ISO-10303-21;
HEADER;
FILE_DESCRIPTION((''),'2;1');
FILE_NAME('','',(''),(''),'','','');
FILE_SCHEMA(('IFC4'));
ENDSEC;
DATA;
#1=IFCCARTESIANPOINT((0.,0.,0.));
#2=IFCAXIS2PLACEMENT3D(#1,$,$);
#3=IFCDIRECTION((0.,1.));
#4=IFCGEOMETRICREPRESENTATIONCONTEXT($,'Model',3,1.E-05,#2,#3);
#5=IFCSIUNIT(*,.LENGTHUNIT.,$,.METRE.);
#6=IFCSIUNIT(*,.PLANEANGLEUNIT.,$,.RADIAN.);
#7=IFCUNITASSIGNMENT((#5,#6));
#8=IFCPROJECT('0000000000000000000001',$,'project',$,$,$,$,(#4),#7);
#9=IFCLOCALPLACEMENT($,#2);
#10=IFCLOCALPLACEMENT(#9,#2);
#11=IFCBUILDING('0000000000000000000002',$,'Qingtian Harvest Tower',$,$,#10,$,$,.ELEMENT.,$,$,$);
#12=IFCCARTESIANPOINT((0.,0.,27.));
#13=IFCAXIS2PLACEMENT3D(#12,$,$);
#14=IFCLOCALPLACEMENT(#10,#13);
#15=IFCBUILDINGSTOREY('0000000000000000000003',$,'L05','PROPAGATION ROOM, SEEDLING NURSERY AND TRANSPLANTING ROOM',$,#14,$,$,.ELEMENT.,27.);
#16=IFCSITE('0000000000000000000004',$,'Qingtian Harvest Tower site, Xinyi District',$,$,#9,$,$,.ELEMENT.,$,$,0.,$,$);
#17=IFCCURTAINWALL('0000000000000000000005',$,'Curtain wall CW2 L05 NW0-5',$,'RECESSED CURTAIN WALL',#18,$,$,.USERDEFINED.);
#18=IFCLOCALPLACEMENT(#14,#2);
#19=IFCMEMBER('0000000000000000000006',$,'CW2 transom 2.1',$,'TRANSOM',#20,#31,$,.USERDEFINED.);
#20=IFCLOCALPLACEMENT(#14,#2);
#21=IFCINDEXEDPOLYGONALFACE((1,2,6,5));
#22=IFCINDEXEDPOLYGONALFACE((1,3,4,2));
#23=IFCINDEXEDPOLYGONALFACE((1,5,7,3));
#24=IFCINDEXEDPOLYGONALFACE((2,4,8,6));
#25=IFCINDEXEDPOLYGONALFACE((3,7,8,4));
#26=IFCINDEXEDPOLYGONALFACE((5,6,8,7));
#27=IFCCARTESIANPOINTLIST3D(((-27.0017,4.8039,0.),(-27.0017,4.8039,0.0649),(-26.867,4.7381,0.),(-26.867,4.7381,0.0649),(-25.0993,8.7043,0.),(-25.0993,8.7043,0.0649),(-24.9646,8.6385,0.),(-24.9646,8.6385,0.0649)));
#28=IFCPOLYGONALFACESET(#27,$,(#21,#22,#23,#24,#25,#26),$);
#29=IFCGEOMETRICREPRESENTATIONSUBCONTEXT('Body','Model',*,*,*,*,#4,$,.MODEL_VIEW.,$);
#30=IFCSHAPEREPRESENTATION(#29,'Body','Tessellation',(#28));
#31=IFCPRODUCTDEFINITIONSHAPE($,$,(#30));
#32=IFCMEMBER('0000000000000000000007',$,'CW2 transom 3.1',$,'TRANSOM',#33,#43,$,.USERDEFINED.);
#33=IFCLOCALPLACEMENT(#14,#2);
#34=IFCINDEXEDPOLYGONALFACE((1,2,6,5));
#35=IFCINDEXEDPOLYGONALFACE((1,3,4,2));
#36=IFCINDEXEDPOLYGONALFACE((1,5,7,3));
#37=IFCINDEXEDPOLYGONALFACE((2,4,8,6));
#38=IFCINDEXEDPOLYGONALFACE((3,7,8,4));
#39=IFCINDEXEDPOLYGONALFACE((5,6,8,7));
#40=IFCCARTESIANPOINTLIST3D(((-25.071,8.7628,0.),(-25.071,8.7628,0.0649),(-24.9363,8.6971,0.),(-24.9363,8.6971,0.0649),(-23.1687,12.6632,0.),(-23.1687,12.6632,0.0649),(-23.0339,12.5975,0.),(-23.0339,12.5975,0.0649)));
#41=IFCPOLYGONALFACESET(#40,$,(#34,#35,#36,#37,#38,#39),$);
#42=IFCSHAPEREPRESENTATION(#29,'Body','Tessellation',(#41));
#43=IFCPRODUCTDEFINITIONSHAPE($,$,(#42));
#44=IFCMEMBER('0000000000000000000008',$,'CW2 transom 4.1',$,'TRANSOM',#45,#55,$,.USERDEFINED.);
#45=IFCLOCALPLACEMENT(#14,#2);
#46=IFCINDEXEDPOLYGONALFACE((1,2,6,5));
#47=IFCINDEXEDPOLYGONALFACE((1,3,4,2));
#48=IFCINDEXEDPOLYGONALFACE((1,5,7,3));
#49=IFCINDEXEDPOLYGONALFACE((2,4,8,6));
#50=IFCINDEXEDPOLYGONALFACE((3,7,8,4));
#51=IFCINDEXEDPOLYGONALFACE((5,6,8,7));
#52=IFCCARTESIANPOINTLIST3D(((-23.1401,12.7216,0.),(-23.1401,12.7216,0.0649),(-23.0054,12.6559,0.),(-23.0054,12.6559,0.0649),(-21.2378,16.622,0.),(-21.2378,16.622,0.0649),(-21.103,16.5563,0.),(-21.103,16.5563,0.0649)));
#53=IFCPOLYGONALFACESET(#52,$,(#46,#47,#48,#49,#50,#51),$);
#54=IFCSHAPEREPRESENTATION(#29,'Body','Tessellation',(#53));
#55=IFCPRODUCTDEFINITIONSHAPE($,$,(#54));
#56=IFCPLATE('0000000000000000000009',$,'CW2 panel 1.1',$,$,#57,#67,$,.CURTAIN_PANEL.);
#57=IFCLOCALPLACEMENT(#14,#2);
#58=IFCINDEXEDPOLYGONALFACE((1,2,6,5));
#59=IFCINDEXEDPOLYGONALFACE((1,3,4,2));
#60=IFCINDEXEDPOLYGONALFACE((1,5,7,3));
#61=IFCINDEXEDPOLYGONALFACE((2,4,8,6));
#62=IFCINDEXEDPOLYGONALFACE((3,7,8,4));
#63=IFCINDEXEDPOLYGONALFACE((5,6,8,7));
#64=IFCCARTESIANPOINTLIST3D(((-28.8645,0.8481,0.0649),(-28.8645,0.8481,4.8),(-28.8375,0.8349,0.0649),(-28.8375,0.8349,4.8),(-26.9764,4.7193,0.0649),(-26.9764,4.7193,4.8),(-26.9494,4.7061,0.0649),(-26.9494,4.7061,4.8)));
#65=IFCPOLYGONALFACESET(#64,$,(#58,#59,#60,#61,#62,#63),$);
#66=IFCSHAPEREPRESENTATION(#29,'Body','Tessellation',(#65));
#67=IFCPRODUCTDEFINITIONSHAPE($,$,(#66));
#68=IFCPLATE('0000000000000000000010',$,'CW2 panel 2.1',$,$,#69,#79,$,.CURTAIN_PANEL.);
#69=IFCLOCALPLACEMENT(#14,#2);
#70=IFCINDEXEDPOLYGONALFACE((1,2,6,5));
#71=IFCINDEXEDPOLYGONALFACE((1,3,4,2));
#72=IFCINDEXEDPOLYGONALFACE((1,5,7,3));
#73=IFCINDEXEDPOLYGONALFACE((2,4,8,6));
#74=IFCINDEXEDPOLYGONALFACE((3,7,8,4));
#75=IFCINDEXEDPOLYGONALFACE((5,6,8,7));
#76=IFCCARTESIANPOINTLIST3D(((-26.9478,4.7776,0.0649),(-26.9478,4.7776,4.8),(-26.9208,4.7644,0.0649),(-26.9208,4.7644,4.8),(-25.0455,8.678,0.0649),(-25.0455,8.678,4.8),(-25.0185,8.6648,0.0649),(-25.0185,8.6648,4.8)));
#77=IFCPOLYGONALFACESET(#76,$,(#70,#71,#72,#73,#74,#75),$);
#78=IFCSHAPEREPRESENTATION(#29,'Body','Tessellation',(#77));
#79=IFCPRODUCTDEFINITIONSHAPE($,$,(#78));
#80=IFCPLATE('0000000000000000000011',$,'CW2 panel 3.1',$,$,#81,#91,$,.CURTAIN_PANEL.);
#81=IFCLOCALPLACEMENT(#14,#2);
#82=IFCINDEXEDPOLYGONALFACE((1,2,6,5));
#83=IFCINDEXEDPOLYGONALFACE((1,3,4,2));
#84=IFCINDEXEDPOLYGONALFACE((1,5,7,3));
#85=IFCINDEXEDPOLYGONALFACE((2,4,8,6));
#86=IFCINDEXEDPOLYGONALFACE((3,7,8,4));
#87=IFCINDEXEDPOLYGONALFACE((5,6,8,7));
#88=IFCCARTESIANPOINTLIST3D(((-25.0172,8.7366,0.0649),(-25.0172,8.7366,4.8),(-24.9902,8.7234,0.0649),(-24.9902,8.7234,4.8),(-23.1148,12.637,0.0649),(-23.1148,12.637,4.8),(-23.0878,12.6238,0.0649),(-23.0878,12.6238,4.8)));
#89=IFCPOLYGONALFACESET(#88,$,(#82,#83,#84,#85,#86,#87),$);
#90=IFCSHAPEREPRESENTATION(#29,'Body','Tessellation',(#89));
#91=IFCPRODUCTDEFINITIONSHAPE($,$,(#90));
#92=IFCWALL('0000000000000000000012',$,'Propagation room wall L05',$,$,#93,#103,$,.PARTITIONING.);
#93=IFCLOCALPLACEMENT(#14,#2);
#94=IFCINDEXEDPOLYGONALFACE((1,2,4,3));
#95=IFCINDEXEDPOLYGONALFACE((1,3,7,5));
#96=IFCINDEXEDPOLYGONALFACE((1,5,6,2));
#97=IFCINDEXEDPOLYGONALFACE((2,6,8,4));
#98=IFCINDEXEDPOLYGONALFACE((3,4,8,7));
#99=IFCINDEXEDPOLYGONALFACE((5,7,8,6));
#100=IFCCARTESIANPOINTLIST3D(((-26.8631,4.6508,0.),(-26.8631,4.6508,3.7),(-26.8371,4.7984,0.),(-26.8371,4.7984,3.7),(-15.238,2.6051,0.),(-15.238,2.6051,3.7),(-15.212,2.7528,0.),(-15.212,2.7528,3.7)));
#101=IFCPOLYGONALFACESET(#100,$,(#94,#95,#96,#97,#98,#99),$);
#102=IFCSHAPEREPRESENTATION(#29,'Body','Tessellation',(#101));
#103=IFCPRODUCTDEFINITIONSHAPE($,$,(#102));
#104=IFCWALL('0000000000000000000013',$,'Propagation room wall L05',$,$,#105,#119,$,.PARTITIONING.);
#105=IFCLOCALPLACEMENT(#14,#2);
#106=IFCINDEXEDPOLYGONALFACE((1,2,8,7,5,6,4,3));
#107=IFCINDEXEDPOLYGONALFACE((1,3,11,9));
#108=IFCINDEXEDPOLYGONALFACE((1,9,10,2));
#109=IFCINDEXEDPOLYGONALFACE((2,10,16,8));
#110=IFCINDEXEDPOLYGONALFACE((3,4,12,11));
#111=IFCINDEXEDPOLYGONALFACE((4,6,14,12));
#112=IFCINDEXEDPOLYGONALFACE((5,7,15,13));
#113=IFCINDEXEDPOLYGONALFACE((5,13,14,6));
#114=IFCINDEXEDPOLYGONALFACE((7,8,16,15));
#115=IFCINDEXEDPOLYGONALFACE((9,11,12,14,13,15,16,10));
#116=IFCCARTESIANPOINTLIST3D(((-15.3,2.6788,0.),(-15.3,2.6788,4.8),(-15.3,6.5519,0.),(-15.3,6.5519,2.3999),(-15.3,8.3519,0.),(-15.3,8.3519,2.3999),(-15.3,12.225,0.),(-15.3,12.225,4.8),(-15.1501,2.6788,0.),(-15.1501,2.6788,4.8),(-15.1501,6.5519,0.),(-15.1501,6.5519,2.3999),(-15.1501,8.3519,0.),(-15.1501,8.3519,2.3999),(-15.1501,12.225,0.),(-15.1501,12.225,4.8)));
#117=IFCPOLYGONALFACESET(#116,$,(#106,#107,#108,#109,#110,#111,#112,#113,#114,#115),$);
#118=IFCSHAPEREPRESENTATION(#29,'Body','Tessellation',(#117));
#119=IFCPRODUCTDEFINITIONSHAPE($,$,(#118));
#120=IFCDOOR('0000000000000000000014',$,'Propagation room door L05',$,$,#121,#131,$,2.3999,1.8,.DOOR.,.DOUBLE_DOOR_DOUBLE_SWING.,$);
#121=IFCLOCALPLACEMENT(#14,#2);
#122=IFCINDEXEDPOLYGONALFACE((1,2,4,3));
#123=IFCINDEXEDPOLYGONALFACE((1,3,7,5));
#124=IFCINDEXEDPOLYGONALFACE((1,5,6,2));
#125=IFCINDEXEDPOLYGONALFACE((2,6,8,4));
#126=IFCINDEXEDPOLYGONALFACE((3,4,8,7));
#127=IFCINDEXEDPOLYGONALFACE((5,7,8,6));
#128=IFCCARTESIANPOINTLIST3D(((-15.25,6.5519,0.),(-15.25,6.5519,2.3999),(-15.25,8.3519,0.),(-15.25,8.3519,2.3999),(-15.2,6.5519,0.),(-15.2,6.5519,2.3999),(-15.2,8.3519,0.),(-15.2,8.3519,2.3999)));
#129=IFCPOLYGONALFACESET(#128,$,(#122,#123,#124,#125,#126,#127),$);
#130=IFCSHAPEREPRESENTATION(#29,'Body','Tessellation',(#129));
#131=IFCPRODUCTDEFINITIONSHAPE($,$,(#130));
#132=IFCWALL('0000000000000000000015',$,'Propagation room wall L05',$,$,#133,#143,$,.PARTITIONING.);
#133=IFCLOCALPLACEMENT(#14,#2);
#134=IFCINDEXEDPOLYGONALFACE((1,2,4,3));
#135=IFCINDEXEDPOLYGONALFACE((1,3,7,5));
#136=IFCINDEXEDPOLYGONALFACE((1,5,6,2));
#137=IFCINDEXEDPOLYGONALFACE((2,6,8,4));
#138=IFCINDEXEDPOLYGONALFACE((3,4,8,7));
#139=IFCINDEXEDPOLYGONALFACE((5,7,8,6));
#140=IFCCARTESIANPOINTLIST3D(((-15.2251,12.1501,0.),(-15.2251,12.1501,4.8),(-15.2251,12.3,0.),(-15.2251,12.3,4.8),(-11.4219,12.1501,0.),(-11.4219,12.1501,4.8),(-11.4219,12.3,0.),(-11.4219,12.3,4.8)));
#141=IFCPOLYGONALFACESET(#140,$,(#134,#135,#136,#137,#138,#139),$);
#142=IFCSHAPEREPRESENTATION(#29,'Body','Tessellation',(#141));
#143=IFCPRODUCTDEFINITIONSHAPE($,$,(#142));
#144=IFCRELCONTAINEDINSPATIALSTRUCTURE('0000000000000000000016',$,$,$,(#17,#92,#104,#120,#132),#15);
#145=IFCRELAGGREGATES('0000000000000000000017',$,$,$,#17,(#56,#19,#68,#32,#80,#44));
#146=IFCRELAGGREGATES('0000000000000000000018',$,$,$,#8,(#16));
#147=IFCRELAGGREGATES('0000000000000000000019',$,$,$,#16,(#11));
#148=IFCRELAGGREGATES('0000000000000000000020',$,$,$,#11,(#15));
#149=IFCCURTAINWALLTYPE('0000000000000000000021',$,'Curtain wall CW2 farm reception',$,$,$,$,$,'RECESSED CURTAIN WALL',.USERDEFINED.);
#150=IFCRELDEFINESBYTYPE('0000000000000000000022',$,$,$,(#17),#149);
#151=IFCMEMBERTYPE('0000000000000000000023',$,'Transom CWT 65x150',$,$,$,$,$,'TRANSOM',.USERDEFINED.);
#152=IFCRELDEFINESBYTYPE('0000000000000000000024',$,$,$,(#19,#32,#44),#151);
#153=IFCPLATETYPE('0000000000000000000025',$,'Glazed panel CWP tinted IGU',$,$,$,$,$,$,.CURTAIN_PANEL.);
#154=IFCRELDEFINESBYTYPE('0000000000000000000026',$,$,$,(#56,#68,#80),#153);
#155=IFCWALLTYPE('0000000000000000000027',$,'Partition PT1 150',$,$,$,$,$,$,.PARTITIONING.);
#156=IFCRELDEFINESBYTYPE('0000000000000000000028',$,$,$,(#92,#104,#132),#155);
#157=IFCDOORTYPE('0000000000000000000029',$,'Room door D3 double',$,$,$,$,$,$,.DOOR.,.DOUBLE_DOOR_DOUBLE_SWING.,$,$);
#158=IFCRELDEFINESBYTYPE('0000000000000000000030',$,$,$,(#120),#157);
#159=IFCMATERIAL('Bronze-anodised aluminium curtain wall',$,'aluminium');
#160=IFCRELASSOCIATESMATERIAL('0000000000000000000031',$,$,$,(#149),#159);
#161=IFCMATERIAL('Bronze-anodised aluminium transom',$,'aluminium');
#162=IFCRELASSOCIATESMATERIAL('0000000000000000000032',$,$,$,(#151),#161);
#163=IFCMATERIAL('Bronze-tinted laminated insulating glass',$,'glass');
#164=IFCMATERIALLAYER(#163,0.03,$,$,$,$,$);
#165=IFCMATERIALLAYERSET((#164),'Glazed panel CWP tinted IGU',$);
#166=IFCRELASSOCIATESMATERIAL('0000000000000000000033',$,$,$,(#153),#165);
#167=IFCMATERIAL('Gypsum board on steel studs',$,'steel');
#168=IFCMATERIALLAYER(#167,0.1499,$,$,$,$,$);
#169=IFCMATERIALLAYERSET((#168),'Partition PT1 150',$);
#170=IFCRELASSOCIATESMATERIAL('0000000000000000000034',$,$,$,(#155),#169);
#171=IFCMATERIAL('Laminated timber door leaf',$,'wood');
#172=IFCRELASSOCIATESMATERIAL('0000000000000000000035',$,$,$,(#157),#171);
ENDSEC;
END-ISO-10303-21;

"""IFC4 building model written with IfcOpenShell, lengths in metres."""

from ifc_helpers import new_model, si_unit, direction, frame, frame_2d, origin, origin_2d, place, context, subcontext, project, spatial, rectangle, extrude, material, layer, layer_set, material_profile, profile_set, type_object, element, fill, aggregate, save


model = new_model("IFC4")

# Units and contexts
model_context = context("Model", 3, precision=1e-05, world=origin(), true_north=direction((0.0, 1.0)))
body_context = subcontext(model_context, "Body", "Model", "MODEL_VIEW")
ifc_project = project(units=[si_unit("LENGTHUNIT", "METRE"), si_unit("PLANEANGLEUNIT", "RADIAN")], contexts=[model_context])

# Site, building, storey
site_placement = place(None, origin())
site = spatial("IfcSite", under=ifc_project, at=site_placement, Name="Qingtian Harvest Tower site, Xinyi District", CompositionType="ELEMENT", RefElevation=0.0)
building_placement = place(site_placement, origin())
building = spatial("IfcBuilding", under=site, at=building_placement, Name="Qingtian Harvest Tower", CompositionType="ELEMENT")
storey_placement = place(building_placement, frame((0.0, 0.0, 27.0)))
storey = spatial("IfcBuildingStorey", under=building, at=storey_placement, Name="L05", Description="PROPAGATION ROOM, SEEDLING NURSERY AND TRANSPLANTING ROOM", CompositionType="ELEMENT", Elevation=27.0)

# Shared definitions
ifc_material_1 = material(Name="Bronze-anodised aluminium curtain wall", Category="aluminium")
curtain_wall_type = type_object("IfcCurtainWallType", Name="Curtain wall CW2 farm reception", ElementType="RECESSED CURTAIN WALL", PredefinedType="USERDEFINED", material=ifc_material_1)

# Curtain wall
curtain_wall_1_placement = place(storey_placement, origin())
curtain_wall_1 = element("IfcCurtainWall", 1, at=curtain_wall_1_placement, inside=storey, type_object=curtain_wall_type, Name="Curtain wall CW2 L05 NW0-5", ObjectType="RECESSED CURTAIN WALL", PredefinedType="USERDEFINED")

# Members
ifc_material_2 = material(Name="Bronze-anodised aluminium transom", Category="aluminium")
ifc_material_profile_1 = material_profile(ifc_material_2, rectangle(XDim=0.1499, YDim=0.0649, at=origin_2d()), Name="AL 65x150")
ifc_profile_set_1 = profile_set([ifc_material_profile_1], Name="Bronze-anodised aluminium transom")
member_type_1 = type_object("IfcMemberType", Name="Transom CWT 65x150", ElementType="TRANSOM", PredefinedType="USERDEFINED", material=ifc_profile_set_1)
member_1_placement = place(storey_placement, frame((-26.9343, 4.771, 0.0325), z_axis=(0.43837, 0.898794, 0.0), x_axis=(-0.898794, 0.43837, 0.0)))
member_1 = element("IfcMember", 2, at=member_1_placement, type_object=member_type_1, Name="CW2 transom 2.1", ObjectType="TRANSOM", PredefinedType="USERDEFINED", context=body_context, shape_type="SweptSolid", body=[
    extrude(rectangle(XDim=0.1499, YDim=0.0649, at=origin_2d()), origin(), (0.0, 0.0, 1.0), 4.3396),
])
member_2_placement = place(storey_placement, frame((-25.0037, 8.73, 0.0325), z_axis=(0.43837, 0.898794, 0.0), x_axis=(-0.898794, 0.43837, 0.0)))
member_2 = element("IfcMember", 3, at=member_2_placement, type_object=member_type_1, Name="CW2 transom 3.1", ObjectType="TRANSOM", PredefinedType="USERDEFINED", context=body_context, shape_type="SweptSolid", body=[
    extrude(rectangle(XDim=0.1499, YDim=0.0649, at=origin_2d()), origin(), (0.0, 0.0, 1.0), 4.3396),
])
member_3_placement = place(storey_placement, frame((-23.0728, 12.6887, 0.0325), z_axis=(0.43837, 0.898794, 0.0), x_axis=(-0.898794, 0.43837, 0.0)))
member_3 = element("IfcMember", 4, at=member_3_placement, type_object=member_type_1, Name="CW2 transom 4.1", ObjectType="TRANSOM", PredefinedType="USERDEFINED", context=body_context, shape_type="SweptSolid", body=[
    extrude(rectangle(XDim=0.1499, YDim=0.0649, at=origin_2d()), origin(), (0.0, 0.0, 1.0), 4.3396),
])

# Plates
ifc_material_3 = material(Name="Bronze-tinted laminated insulating glass", Category="glass")
ifc_layer_1 = layer(ifc_material_3, 0.03)
ifc_layer_set_1 = layer_set([ifc_layer_1], Name="Glazed panel CWP tinted IGU")
plate_type = type_object("IfcPlateType", Name="Glazed panel CWP tinted IGU", PredefinedType="CURTAIN_PANEL", material=ifc_layer_set_1)
plate_1_placement = place(storey_placement, frame((-27.907, 2.7771, 0.0649), z_axis=(0.0, 0.0, 1.0), x_axis=(0.438371, 0.898794, 0.0)))
plate_1 = element("IfcPlate", 5, at=plate_1_placement, type_object=plate_type, Name="CW2 panel 1.1", PredefinedType="CURTAIN_PANEL", context=body_context, shape_type="SweptSolid", body=[
    extrude(rectangle(XDim=4.3071, YDim=0.03, at=origin_2d()), origin(), (0.0, 0.0, 1.0), 4.7351),
])
plate_2_placement = place(storey_placement, frame((-25.9832, 6.7212, 0.0649), z_axis=(0.0, 0.0, 1.0), x_axis=(0.438371, 0.898794, 0.0)))
plate_2 = element("IfcPlate", 6, at=plate_2_placement, type_object=plate_type, Name="CW2 panel 2.1", PredefinedType="CURTAIN_PANEL", context=body_context, shape_type="SweptSolid", body=[
    extrude(rectangle(XDim=4.3396, YDim=0.03, at=origin_2d()), origin(), (0.0, 0.0, 1.0), 4.7351),
])
plate_3_placement = place(storey_placement, frame((-24.0525, 10.6802, 0.0649), z_axis=(0.0, 0.0, 1.0), x_axis=(0.438371, 0.898794, 0.0)))
plate_3 = element("IfcPlate", 7, at=plate_3_placement, type_object=plate_type, Name="CW2 panel 3.1", PredefinedType="CURTAIN_PANEL", context=body_context, shape_type="SweptSolid", body=[
    extrude(rectangle(XDim=4.3396, YDim=0.03, at=origin_2d()), origin(), (0.0, 0.0, 1.0), 4.7351),
])
aggregate(curtain_wall_1, [plate_1, member_1, plate_2, member_2, plate_3, member_3])

# Wall
ifc_material_4 = material(Name="Gypsum board on steel studs", Category="steel")
ifc_layer_2 = layer(ifc_material_4, 0.1499)
ifc_layer_set_2 = layer_set([ifc_layer_2], Name="Partition PT1 150")
wall_type = type_object("IfcWallType", Name="Partition PT1 150", PredefinedType="PARTITIONING", material=ifc_layer_set_2)
wall_1_placement = place(storey_placement, frame((-26.8501, 4.7246, 0.0), z_axis=(0.0, 0.0, 1.0), x_axis=(0.984868, -0.173307, 0.0)))
element("IfcWall", 8, at=wall_1_placement, inside=storey, type_object=wall_type, Name="Propagation room wall L05", PredefinedType="PARTITIONING", context=body_context, shape_type="SweptSolid", body=[
    extrude(rectangle(XDim=11.8037, YDim=0.1499, at=frame_2d((5.9019, 0.0))), origin(), (0.0, 0.0, 1.0), 3.7),
])

# Wall, opening, door
wall_2_placement = place(storey_placement, frame((-15.2251, 2.679, 0.0), z_axis=(0.0, 0.0, 1.0), x_axis=(0.0, 1.0, 0.0)))
wall_2 = element("IfcWall", 9, at=wall_2_placement, inside=storey, type_object=wall_type, Name="Propagation room wall L05", PredefinedType="PARTITIONING", context=body_context, shape_type="SweptSolid", body=[
    extrude(rectangle(XDim=9.5461, YDim=0.1499, at=frame_2d((4.7729, 0.0))), origin(), (0.0, 0.0, 1.0), 4.8),
])
opening_placement = place(wall_2_placement, frame((3.873, 0.0, 0.0)))
opening = element("IfcOpeningElement", 10, at=opening_placement, cuts=wall_2, PredefinedType="OPENING", context=body_context, shape_type="SweptSolid", body=[
    extrude(rectangle(XDim=1.8, YDim=2.3999, at=frame_2d((0.8999, 1.2))), frame((0.0, 0.085, 0.0), z_axis=(0.0, -1.0, 0.0), x_axis=(1.0, 0.0, 0.0)), (0.0, 0.0, 1.0), 0.1699),
])
ifc_material_5 = material(Name="Laminated timber door leaf", Category="wood")
door_type = type_object("IfcDoorType", Name="Room door D3 double", OperationType="DOUBLE_DOOR_DOUBLE_SWING", PredefinedType="DOOR", material=ifc_material_5)
door_placement = place(opening_placement, origin())
door = element("IfcDoor", 11, at=door_placement, inside=storey, type_object=door_type, Name="Propagation room door L05", OperationType="DOUBLE_DOOR_DOUBLE_SWING", OverallHeight=2.3999, OverallWidth=1.8, PredefinedType="DOOR", context=body_context, shape_type="SweptSolid", body=[
    extrude(rectangle(XDim=1.8, YDim=2.3999, at=frame_2d((0.8999, 1.2))), frame((0.0, 0.0249, 0.0), z_axis=(0.0, -1.0, 0.0), x_axis=(1.0, 0.0, 0.0)), (0.0, 0.0, 1.0), 0.05),
])
fill(opening, door)

# Wall
wall_3_placement = place(storey_placement, frame((-15.2251, 12.2251, 0.0), z_axis=(0.0, 0.0, 1.0), x_axis=(1.0, 0.0, 0.0)))
element("IfcWall", 12, at=wall_3_placement, inside=storey, type_object=wall_type, Name="Propagation room wall L05", PredefinedType="PARTITIONING", context=body_context, shape_type="SweptSolid", body=[
    extrude(rectangle(XDim=3.8032, YDim=0.1499, at=frame_2d((1.9016, 0.0))), origin(), (0.0, 0.0, 1.0), 4.8),
])

save(model, "model.ifc")
